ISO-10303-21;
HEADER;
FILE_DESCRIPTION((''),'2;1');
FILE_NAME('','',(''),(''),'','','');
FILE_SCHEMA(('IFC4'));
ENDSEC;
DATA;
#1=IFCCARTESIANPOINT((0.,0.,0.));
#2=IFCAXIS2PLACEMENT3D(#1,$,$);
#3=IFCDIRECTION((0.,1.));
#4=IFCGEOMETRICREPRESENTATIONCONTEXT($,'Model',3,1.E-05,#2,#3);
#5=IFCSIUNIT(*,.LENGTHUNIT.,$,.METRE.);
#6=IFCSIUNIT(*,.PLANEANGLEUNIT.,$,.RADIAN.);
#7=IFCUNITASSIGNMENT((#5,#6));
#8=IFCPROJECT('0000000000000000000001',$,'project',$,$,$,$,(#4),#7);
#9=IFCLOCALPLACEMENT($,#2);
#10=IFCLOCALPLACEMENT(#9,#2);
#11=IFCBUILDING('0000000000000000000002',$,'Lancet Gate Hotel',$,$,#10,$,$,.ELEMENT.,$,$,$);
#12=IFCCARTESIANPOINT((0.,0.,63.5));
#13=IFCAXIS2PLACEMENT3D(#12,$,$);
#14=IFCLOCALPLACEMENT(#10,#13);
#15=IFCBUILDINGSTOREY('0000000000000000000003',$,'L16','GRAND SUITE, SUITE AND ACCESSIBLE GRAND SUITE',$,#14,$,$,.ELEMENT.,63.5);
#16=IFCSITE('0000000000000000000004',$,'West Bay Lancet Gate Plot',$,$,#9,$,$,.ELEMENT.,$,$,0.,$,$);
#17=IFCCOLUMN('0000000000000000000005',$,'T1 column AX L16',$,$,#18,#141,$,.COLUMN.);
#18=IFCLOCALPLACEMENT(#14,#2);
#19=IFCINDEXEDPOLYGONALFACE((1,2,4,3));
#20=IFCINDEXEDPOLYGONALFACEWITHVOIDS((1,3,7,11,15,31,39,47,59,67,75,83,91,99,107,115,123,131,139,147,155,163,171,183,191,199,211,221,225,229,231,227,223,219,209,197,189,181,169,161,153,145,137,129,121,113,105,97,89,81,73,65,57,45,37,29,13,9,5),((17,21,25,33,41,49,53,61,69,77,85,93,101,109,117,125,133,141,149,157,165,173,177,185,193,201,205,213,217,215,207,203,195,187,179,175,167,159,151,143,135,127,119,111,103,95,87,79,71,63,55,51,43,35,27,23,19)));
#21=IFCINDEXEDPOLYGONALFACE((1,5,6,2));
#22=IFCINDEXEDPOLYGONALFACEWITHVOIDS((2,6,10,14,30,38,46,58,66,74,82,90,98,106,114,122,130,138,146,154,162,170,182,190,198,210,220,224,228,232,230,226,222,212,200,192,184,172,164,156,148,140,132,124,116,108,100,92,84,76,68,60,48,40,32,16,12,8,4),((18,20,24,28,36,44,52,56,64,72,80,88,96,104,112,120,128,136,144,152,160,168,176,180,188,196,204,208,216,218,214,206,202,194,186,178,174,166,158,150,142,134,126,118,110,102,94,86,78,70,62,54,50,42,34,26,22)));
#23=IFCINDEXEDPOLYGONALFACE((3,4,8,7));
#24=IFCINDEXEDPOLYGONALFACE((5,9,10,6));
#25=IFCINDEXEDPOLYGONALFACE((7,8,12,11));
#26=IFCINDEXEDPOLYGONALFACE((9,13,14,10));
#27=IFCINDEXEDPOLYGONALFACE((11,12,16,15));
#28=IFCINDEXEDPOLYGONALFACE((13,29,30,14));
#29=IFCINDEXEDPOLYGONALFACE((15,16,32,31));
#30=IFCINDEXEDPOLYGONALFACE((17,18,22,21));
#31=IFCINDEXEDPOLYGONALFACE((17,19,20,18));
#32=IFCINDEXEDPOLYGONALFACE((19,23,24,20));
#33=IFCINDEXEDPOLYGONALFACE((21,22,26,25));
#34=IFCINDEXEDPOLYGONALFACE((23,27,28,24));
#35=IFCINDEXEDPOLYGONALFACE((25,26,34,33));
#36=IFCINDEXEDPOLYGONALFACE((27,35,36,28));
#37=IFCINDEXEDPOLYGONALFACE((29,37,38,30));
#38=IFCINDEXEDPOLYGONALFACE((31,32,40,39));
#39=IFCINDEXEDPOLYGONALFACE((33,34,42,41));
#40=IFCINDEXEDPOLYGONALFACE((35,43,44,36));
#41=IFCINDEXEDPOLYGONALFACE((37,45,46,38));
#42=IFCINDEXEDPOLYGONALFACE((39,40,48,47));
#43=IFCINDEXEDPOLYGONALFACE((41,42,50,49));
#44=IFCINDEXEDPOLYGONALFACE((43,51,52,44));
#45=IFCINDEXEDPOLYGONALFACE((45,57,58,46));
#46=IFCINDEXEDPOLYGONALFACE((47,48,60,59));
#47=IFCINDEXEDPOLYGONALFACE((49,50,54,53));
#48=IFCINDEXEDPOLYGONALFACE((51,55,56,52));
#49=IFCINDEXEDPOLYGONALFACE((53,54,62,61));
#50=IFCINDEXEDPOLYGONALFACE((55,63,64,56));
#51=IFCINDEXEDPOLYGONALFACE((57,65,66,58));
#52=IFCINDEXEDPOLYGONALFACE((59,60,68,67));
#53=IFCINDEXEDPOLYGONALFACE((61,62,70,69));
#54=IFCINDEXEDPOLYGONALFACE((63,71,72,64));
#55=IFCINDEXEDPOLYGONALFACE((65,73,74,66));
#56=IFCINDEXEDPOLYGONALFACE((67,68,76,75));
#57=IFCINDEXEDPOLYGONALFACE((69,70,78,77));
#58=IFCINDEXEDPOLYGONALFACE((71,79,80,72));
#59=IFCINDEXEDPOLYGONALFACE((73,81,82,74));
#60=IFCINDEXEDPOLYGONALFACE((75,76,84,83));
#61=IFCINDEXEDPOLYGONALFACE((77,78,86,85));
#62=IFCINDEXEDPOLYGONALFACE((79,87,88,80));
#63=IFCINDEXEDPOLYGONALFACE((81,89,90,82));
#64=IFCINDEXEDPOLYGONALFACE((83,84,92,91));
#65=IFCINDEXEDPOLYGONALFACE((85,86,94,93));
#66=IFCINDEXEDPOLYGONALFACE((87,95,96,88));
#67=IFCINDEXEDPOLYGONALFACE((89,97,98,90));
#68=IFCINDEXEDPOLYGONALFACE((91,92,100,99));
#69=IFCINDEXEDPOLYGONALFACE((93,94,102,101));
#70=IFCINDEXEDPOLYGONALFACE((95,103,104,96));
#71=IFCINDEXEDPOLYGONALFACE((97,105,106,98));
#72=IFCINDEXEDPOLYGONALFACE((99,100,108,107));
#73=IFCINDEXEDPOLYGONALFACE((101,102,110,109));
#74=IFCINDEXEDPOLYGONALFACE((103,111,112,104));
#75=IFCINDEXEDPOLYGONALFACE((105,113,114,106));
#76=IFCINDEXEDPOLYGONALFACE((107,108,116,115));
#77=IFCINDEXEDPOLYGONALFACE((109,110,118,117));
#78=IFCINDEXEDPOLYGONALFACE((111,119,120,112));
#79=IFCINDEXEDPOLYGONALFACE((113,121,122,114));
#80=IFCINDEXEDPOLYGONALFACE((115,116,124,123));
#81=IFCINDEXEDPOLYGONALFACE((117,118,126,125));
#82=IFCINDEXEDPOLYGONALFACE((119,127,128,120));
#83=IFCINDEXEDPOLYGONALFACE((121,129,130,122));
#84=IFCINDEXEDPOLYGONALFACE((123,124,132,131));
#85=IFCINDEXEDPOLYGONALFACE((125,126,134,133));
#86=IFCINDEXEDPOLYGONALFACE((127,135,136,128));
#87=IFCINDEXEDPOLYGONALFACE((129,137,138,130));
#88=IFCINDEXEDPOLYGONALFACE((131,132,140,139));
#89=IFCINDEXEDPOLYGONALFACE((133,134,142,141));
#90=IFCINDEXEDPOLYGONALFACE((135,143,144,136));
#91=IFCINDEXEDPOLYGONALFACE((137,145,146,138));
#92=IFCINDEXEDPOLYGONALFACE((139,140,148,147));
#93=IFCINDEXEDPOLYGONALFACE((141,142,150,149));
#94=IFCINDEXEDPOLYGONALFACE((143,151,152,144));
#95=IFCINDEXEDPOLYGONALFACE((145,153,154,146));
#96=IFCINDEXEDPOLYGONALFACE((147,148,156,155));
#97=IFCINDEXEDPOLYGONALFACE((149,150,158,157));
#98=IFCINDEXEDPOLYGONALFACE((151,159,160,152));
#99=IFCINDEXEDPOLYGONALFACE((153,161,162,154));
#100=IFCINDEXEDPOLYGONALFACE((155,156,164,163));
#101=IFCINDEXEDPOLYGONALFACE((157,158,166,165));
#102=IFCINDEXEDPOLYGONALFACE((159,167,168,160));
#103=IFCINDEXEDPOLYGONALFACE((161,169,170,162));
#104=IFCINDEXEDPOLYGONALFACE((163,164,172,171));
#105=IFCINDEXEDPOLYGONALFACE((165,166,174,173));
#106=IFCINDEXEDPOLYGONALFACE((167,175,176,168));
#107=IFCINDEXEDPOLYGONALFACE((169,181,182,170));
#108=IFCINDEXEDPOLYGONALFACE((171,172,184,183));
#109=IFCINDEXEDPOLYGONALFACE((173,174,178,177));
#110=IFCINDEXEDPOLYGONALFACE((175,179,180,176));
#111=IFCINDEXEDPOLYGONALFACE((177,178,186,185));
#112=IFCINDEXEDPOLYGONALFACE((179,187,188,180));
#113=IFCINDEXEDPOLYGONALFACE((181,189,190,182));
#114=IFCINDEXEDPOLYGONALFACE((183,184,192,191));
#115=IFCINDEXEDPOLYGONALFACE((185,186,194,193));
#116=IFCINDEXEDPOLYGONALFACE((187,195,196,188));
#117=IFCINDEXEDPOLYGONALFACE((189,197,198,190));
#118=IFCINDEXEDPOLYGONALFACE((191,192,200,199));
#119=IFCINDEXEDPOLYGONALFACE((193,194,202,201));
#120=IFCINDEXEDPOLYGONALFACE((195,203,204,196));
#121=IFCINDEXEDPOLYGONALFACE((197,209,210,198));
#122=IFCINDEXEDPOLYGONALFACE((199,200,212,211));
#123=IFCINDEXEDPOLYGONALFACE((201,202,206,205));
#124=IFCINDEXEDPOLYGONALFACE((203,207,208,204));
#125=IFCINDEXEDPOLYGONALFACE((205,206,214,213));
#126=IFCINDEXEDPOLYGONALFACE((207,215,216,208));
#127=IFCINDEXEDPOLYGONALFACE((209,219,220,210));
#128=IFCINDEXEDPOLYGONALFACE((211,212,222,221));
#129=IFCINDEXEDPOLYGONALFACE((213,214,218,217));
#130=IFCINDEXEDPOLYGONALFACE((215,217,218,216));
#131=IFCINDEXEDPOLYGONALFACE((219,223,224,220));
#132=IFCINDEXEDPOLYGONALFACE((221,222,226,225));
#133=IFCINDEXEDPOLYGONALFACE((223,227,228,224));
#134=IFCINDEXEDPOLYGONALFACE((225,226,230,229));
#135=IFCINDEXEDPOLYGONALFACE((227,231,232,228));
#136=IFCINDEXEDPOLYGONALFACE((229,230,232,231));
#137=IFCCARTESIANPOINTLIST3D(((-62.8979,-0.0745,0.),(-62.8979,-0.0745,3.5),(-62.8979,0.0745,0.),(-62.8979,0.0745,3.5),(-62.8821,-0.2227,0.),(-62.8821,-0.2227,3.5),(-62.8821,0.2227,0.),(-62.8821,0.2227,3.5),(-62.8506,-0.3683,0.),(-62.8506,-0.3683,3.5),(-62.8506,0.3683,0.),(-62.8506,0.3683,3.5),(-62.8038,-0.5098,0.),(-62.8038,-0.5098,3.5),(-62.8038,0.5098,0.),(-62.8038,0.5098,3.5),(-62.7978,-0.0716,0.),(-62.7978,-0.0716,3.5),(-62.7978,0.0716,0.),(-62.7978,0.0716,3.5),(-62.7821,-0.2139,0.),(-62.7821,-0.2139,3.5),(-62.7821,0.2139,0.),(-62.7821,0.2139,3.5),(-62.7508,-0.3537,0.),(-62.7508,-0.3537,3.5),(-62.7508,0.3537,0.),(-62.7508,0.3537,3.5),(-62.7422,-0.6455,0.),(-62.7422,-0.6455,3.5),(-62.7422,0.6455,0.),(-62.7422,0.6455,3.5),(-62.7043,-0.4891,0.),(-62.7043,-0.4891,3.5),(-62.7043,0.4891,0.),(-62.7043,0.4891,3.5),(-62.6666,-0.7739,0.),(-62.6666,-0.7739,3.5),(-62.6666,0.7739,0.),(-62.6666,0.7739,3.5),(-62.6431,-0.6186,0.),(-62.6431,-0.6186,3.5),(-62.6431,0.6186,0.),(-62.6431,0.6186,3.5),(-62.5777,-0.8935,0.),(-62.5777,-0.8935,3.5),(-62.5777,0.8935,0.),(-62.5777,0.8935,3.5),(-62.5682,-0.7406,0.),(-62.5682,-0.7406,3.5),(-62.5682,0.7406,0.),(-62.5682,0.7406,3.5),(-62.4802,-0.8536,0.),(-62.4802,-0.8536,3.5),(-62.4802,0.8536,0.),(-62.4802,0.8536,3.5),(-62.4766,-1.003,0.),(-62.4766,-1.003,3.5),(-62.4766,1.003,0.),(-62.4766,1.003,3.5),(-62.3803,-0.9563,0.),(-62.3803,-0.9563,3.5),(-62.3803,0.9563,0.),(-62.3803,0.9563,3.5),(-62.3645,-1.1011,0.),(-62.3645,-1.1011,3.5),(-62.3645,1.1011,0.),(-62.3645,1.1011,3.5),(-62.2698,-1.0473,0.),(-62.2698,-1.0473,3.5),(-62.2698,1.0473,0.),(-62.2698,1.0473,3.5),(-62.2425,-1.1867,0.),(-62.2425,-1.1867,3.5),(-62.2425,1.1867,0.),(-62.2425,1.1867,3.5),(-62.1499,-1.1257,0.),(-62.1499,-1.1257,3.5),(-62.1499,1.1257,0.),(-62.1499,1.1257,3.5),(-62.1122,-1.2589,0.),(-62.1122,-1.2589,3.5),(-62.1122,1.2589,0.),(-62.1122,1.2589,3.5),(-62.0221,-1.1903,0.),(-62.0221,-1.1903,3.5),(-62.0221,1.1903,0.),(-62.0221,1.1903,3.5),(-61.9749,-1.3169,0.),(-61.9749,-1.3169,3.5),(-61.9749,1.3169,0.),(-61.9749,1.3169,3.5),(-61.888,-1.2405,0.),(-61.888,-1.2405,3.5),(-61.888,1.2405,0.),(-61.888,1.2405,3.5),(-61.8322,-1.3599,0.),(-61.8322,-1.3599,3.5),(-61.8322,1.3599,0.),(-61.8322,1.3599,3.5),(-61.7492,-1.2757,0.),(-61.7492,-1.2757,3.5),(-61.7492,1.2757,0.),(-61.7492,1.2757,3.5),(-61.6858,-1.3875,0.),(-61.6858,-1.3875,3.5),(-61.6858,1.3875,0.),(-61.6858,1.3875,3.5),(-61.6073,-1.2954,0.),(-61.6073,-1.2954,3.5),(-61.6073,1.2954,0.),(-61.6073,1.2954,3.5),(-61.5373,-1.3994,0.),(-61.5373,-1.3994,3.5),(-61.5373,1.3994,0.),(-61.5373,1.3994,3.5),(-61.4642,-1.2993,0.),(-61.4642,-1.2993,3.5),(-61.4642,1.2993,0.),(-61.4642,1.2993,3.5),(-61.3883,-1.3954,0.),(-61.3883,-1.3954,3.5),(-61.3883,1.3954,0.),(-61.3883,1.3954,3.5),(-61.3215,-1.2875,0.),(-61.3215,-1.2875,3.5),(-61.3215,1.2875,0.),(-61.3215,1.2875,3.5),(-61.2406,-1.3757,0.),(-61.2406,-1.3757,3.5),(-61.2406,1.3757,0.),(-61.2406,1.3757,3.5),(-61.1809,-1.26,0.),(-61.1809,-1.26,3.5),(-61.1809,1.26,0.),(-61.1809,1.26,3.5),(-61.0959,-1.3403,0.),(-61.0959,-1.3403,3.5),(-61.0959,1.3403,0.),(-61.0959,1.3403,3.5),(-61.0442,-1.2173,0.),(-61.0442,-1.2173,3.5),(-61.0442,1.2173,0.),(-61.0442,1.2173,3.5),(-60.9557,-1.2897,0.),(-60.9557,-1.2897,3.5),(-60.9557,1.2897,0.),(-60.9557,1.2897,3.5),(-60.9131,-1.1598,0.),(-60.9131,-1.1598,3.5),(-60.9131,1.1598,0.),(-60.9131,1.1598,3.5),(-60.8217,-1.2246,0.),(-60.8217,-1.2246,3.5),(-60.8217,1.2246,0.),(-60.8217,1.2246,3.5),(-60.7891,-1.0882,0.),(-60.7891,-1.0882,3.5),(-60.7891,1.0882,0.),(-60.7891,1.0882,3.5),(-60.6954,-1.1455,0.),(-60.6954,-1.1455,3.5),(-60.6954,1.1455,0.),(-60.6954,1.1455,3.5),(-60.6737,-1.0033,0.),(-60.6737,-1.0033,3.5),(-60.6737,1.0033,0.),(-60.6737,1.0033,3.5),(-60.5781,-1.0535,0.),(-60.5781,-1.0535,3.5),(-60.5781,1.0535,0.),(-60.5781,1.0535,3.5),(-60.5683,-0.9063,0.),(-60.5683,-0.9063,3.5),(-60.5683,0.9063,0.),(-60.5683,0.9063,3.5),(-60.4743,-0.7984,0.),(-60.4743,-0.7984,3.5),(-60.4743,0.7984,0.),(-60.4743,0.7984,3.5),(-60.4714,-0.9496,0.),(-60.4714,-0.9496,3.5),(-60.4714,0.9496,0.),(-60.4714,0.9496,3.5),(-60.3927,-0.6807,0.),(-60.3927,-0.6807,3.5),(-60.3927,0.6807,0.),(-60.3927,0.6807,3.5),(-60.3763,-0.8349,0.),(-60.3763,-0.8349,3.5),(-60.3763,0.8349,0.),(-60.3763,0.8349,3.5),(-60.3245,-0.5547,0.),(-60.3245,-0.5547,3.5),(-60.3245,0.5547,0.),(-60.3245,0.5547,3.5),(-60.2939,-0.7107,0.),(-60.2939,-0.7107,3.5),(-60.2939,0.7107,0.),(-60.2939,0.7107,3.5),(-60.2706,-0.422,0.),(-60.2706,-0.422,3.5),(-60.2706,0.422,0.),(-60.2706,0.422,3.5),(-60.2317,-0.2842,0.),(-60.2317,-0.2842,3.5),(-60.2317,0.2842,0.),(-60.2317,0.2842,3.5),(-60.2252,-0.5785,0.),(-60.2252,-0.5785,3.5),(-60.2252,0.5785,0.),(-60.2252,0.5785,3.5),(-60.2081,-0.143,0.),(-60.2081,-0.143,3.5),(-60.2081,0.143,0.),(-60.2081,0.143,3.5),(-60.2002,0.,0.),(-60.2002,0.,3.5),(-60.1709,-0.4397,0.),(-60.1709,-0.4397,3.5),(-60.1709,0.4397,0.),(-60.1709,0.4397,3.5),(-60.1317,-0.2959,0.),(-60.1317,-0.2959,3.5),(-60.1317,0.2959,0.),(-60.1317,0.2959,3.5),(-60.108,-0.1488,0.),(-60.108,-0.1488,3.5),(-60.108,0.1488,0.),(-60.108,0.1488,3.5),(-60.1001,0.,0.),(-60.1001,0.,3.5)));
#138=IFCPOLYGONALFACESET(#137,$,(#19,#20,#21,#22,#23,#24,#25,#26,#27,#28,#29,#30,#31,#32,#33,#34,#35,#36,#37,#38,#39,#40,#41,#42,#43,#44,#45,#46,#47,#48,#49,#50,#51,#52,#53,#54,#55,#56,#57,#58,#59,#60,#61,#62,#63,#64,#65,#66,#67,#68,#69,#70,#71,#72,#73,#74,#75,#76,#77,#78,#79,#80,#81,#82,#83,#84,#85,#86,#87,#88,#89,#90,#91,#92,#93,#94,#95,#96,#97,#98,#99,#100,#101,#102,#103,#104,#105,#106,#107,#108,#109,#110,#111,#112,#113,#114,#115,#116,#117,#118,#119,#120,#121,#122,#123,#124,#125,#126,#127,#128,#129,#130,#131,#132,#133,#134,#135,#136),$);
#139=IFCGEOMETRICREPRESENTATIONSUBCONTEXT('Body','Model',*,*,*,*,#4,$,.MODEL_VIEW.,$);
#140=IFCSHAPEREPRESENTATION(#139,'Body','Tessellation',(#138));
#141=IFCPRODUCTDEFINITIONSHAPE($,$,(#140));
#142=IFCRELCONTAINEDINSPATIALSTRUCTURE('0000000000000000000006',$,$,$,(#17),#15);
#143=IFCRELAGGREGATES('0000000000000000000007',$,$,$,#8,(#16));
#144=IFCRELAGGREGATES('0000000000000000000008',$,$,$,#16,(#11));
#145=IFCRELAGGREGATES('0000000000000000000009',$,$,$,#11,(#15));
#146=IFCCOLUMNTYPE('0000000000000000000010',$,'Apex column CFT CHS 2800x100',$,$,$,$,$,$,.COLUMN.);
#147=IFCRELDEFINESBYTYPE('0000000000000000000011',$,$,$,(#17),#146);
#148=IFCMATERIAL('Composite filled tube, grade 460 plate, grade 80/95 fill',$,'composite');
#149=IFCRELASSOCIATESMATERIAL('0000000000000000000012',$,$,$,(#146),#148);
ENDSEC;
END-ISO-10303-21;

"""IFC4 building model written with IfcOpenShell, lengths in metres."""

from ifc_helpers import new_model, si_unit, direction, frame, origin, origin_2d, place, context, subcontext, project, spatial, hollow_circle, extrude, material, material_profile, profile_set, type_object, element, save


model = new_model("IFC4")

# Units and contexts
model_context = context("Model", 3, precision=1e-05, world=origin(), true_north=direction((0.0, 1.0)))
body_context = subcontext(model_context, "Body", "Model", "MODEL_VIEW")
ifc_project = project(units=[si_unit("LENGTHUNIT", "METRE"), si_unit("PLANEANGLEUNIT", "RADIAN")], contexts=[model_context])

# Site, building, storey
site_placement = place(None, origin())
site = spatial("IfcSite", under=ifc_project, at=site_placement, Name="West Bay Lancet Gate Plot", CompositionType="ELEMENT", RefElevation=0.0)
building_placement = place(site_placement, origin())
building = spatial("IfcBuilding", under=site, at=building_placement, Name="Lancet Gate Hotel", CompositionType="ELEMENT")
storey_placement = place(building_placement, frame((0.0, 0.0, 63.5)))
storey = spatial("IfcBuildingStorey", under=building, at=storey_placement, Name="L16", Description="GRAND SUITE, SUITE AND ACCESSIBLE GRAND SUITE", CompositionType="ELEMENT", Elevation=63.5)

# Column
ifc_material_1 = material(Name="Composite filled tube, grade 460 plate, grade 80/95 fill", Category="composite")
ifc_material_profile_1 = material_profile(ifc_material_1, hollow_circle(Radius=1.3999, WallThickness=0.1001, at=origin_2d()), Name="CHS 2800x100")
ifc_profile_set_1 = profile_set([ifc_material_profile_1], Name="Composite filled tube, grade 460 plate, grade 80/95 fill")
column_type_1 = type_object("IfcColumnType", Name="Apex column CFT CHS 2800x100", PredefinedType="COLUMN", material=ifc_profile_set_1)
column_1_placement = place(storey_placement, frame((-61.5, 0.0, 0.0), z_axis=(0.0, 0.0, 1.0), x_axis=(1.0, 0.0, 0.0)))
element("IfcColumn", 1, at=column_1_placement, inside=storey, type_object=column_type_1, Name="T1 column AX L16", PredefinedType="COLUMN", context=body_context, shape_type="SweptSolid", body=[
    extrude(hollow_circle(Radius=1.3999, WallThickness=0.1001, at=origin_2d()), origin(), (0.0, 0.0, 1.0), 3.5),
])

save(model, "model.ifc")
